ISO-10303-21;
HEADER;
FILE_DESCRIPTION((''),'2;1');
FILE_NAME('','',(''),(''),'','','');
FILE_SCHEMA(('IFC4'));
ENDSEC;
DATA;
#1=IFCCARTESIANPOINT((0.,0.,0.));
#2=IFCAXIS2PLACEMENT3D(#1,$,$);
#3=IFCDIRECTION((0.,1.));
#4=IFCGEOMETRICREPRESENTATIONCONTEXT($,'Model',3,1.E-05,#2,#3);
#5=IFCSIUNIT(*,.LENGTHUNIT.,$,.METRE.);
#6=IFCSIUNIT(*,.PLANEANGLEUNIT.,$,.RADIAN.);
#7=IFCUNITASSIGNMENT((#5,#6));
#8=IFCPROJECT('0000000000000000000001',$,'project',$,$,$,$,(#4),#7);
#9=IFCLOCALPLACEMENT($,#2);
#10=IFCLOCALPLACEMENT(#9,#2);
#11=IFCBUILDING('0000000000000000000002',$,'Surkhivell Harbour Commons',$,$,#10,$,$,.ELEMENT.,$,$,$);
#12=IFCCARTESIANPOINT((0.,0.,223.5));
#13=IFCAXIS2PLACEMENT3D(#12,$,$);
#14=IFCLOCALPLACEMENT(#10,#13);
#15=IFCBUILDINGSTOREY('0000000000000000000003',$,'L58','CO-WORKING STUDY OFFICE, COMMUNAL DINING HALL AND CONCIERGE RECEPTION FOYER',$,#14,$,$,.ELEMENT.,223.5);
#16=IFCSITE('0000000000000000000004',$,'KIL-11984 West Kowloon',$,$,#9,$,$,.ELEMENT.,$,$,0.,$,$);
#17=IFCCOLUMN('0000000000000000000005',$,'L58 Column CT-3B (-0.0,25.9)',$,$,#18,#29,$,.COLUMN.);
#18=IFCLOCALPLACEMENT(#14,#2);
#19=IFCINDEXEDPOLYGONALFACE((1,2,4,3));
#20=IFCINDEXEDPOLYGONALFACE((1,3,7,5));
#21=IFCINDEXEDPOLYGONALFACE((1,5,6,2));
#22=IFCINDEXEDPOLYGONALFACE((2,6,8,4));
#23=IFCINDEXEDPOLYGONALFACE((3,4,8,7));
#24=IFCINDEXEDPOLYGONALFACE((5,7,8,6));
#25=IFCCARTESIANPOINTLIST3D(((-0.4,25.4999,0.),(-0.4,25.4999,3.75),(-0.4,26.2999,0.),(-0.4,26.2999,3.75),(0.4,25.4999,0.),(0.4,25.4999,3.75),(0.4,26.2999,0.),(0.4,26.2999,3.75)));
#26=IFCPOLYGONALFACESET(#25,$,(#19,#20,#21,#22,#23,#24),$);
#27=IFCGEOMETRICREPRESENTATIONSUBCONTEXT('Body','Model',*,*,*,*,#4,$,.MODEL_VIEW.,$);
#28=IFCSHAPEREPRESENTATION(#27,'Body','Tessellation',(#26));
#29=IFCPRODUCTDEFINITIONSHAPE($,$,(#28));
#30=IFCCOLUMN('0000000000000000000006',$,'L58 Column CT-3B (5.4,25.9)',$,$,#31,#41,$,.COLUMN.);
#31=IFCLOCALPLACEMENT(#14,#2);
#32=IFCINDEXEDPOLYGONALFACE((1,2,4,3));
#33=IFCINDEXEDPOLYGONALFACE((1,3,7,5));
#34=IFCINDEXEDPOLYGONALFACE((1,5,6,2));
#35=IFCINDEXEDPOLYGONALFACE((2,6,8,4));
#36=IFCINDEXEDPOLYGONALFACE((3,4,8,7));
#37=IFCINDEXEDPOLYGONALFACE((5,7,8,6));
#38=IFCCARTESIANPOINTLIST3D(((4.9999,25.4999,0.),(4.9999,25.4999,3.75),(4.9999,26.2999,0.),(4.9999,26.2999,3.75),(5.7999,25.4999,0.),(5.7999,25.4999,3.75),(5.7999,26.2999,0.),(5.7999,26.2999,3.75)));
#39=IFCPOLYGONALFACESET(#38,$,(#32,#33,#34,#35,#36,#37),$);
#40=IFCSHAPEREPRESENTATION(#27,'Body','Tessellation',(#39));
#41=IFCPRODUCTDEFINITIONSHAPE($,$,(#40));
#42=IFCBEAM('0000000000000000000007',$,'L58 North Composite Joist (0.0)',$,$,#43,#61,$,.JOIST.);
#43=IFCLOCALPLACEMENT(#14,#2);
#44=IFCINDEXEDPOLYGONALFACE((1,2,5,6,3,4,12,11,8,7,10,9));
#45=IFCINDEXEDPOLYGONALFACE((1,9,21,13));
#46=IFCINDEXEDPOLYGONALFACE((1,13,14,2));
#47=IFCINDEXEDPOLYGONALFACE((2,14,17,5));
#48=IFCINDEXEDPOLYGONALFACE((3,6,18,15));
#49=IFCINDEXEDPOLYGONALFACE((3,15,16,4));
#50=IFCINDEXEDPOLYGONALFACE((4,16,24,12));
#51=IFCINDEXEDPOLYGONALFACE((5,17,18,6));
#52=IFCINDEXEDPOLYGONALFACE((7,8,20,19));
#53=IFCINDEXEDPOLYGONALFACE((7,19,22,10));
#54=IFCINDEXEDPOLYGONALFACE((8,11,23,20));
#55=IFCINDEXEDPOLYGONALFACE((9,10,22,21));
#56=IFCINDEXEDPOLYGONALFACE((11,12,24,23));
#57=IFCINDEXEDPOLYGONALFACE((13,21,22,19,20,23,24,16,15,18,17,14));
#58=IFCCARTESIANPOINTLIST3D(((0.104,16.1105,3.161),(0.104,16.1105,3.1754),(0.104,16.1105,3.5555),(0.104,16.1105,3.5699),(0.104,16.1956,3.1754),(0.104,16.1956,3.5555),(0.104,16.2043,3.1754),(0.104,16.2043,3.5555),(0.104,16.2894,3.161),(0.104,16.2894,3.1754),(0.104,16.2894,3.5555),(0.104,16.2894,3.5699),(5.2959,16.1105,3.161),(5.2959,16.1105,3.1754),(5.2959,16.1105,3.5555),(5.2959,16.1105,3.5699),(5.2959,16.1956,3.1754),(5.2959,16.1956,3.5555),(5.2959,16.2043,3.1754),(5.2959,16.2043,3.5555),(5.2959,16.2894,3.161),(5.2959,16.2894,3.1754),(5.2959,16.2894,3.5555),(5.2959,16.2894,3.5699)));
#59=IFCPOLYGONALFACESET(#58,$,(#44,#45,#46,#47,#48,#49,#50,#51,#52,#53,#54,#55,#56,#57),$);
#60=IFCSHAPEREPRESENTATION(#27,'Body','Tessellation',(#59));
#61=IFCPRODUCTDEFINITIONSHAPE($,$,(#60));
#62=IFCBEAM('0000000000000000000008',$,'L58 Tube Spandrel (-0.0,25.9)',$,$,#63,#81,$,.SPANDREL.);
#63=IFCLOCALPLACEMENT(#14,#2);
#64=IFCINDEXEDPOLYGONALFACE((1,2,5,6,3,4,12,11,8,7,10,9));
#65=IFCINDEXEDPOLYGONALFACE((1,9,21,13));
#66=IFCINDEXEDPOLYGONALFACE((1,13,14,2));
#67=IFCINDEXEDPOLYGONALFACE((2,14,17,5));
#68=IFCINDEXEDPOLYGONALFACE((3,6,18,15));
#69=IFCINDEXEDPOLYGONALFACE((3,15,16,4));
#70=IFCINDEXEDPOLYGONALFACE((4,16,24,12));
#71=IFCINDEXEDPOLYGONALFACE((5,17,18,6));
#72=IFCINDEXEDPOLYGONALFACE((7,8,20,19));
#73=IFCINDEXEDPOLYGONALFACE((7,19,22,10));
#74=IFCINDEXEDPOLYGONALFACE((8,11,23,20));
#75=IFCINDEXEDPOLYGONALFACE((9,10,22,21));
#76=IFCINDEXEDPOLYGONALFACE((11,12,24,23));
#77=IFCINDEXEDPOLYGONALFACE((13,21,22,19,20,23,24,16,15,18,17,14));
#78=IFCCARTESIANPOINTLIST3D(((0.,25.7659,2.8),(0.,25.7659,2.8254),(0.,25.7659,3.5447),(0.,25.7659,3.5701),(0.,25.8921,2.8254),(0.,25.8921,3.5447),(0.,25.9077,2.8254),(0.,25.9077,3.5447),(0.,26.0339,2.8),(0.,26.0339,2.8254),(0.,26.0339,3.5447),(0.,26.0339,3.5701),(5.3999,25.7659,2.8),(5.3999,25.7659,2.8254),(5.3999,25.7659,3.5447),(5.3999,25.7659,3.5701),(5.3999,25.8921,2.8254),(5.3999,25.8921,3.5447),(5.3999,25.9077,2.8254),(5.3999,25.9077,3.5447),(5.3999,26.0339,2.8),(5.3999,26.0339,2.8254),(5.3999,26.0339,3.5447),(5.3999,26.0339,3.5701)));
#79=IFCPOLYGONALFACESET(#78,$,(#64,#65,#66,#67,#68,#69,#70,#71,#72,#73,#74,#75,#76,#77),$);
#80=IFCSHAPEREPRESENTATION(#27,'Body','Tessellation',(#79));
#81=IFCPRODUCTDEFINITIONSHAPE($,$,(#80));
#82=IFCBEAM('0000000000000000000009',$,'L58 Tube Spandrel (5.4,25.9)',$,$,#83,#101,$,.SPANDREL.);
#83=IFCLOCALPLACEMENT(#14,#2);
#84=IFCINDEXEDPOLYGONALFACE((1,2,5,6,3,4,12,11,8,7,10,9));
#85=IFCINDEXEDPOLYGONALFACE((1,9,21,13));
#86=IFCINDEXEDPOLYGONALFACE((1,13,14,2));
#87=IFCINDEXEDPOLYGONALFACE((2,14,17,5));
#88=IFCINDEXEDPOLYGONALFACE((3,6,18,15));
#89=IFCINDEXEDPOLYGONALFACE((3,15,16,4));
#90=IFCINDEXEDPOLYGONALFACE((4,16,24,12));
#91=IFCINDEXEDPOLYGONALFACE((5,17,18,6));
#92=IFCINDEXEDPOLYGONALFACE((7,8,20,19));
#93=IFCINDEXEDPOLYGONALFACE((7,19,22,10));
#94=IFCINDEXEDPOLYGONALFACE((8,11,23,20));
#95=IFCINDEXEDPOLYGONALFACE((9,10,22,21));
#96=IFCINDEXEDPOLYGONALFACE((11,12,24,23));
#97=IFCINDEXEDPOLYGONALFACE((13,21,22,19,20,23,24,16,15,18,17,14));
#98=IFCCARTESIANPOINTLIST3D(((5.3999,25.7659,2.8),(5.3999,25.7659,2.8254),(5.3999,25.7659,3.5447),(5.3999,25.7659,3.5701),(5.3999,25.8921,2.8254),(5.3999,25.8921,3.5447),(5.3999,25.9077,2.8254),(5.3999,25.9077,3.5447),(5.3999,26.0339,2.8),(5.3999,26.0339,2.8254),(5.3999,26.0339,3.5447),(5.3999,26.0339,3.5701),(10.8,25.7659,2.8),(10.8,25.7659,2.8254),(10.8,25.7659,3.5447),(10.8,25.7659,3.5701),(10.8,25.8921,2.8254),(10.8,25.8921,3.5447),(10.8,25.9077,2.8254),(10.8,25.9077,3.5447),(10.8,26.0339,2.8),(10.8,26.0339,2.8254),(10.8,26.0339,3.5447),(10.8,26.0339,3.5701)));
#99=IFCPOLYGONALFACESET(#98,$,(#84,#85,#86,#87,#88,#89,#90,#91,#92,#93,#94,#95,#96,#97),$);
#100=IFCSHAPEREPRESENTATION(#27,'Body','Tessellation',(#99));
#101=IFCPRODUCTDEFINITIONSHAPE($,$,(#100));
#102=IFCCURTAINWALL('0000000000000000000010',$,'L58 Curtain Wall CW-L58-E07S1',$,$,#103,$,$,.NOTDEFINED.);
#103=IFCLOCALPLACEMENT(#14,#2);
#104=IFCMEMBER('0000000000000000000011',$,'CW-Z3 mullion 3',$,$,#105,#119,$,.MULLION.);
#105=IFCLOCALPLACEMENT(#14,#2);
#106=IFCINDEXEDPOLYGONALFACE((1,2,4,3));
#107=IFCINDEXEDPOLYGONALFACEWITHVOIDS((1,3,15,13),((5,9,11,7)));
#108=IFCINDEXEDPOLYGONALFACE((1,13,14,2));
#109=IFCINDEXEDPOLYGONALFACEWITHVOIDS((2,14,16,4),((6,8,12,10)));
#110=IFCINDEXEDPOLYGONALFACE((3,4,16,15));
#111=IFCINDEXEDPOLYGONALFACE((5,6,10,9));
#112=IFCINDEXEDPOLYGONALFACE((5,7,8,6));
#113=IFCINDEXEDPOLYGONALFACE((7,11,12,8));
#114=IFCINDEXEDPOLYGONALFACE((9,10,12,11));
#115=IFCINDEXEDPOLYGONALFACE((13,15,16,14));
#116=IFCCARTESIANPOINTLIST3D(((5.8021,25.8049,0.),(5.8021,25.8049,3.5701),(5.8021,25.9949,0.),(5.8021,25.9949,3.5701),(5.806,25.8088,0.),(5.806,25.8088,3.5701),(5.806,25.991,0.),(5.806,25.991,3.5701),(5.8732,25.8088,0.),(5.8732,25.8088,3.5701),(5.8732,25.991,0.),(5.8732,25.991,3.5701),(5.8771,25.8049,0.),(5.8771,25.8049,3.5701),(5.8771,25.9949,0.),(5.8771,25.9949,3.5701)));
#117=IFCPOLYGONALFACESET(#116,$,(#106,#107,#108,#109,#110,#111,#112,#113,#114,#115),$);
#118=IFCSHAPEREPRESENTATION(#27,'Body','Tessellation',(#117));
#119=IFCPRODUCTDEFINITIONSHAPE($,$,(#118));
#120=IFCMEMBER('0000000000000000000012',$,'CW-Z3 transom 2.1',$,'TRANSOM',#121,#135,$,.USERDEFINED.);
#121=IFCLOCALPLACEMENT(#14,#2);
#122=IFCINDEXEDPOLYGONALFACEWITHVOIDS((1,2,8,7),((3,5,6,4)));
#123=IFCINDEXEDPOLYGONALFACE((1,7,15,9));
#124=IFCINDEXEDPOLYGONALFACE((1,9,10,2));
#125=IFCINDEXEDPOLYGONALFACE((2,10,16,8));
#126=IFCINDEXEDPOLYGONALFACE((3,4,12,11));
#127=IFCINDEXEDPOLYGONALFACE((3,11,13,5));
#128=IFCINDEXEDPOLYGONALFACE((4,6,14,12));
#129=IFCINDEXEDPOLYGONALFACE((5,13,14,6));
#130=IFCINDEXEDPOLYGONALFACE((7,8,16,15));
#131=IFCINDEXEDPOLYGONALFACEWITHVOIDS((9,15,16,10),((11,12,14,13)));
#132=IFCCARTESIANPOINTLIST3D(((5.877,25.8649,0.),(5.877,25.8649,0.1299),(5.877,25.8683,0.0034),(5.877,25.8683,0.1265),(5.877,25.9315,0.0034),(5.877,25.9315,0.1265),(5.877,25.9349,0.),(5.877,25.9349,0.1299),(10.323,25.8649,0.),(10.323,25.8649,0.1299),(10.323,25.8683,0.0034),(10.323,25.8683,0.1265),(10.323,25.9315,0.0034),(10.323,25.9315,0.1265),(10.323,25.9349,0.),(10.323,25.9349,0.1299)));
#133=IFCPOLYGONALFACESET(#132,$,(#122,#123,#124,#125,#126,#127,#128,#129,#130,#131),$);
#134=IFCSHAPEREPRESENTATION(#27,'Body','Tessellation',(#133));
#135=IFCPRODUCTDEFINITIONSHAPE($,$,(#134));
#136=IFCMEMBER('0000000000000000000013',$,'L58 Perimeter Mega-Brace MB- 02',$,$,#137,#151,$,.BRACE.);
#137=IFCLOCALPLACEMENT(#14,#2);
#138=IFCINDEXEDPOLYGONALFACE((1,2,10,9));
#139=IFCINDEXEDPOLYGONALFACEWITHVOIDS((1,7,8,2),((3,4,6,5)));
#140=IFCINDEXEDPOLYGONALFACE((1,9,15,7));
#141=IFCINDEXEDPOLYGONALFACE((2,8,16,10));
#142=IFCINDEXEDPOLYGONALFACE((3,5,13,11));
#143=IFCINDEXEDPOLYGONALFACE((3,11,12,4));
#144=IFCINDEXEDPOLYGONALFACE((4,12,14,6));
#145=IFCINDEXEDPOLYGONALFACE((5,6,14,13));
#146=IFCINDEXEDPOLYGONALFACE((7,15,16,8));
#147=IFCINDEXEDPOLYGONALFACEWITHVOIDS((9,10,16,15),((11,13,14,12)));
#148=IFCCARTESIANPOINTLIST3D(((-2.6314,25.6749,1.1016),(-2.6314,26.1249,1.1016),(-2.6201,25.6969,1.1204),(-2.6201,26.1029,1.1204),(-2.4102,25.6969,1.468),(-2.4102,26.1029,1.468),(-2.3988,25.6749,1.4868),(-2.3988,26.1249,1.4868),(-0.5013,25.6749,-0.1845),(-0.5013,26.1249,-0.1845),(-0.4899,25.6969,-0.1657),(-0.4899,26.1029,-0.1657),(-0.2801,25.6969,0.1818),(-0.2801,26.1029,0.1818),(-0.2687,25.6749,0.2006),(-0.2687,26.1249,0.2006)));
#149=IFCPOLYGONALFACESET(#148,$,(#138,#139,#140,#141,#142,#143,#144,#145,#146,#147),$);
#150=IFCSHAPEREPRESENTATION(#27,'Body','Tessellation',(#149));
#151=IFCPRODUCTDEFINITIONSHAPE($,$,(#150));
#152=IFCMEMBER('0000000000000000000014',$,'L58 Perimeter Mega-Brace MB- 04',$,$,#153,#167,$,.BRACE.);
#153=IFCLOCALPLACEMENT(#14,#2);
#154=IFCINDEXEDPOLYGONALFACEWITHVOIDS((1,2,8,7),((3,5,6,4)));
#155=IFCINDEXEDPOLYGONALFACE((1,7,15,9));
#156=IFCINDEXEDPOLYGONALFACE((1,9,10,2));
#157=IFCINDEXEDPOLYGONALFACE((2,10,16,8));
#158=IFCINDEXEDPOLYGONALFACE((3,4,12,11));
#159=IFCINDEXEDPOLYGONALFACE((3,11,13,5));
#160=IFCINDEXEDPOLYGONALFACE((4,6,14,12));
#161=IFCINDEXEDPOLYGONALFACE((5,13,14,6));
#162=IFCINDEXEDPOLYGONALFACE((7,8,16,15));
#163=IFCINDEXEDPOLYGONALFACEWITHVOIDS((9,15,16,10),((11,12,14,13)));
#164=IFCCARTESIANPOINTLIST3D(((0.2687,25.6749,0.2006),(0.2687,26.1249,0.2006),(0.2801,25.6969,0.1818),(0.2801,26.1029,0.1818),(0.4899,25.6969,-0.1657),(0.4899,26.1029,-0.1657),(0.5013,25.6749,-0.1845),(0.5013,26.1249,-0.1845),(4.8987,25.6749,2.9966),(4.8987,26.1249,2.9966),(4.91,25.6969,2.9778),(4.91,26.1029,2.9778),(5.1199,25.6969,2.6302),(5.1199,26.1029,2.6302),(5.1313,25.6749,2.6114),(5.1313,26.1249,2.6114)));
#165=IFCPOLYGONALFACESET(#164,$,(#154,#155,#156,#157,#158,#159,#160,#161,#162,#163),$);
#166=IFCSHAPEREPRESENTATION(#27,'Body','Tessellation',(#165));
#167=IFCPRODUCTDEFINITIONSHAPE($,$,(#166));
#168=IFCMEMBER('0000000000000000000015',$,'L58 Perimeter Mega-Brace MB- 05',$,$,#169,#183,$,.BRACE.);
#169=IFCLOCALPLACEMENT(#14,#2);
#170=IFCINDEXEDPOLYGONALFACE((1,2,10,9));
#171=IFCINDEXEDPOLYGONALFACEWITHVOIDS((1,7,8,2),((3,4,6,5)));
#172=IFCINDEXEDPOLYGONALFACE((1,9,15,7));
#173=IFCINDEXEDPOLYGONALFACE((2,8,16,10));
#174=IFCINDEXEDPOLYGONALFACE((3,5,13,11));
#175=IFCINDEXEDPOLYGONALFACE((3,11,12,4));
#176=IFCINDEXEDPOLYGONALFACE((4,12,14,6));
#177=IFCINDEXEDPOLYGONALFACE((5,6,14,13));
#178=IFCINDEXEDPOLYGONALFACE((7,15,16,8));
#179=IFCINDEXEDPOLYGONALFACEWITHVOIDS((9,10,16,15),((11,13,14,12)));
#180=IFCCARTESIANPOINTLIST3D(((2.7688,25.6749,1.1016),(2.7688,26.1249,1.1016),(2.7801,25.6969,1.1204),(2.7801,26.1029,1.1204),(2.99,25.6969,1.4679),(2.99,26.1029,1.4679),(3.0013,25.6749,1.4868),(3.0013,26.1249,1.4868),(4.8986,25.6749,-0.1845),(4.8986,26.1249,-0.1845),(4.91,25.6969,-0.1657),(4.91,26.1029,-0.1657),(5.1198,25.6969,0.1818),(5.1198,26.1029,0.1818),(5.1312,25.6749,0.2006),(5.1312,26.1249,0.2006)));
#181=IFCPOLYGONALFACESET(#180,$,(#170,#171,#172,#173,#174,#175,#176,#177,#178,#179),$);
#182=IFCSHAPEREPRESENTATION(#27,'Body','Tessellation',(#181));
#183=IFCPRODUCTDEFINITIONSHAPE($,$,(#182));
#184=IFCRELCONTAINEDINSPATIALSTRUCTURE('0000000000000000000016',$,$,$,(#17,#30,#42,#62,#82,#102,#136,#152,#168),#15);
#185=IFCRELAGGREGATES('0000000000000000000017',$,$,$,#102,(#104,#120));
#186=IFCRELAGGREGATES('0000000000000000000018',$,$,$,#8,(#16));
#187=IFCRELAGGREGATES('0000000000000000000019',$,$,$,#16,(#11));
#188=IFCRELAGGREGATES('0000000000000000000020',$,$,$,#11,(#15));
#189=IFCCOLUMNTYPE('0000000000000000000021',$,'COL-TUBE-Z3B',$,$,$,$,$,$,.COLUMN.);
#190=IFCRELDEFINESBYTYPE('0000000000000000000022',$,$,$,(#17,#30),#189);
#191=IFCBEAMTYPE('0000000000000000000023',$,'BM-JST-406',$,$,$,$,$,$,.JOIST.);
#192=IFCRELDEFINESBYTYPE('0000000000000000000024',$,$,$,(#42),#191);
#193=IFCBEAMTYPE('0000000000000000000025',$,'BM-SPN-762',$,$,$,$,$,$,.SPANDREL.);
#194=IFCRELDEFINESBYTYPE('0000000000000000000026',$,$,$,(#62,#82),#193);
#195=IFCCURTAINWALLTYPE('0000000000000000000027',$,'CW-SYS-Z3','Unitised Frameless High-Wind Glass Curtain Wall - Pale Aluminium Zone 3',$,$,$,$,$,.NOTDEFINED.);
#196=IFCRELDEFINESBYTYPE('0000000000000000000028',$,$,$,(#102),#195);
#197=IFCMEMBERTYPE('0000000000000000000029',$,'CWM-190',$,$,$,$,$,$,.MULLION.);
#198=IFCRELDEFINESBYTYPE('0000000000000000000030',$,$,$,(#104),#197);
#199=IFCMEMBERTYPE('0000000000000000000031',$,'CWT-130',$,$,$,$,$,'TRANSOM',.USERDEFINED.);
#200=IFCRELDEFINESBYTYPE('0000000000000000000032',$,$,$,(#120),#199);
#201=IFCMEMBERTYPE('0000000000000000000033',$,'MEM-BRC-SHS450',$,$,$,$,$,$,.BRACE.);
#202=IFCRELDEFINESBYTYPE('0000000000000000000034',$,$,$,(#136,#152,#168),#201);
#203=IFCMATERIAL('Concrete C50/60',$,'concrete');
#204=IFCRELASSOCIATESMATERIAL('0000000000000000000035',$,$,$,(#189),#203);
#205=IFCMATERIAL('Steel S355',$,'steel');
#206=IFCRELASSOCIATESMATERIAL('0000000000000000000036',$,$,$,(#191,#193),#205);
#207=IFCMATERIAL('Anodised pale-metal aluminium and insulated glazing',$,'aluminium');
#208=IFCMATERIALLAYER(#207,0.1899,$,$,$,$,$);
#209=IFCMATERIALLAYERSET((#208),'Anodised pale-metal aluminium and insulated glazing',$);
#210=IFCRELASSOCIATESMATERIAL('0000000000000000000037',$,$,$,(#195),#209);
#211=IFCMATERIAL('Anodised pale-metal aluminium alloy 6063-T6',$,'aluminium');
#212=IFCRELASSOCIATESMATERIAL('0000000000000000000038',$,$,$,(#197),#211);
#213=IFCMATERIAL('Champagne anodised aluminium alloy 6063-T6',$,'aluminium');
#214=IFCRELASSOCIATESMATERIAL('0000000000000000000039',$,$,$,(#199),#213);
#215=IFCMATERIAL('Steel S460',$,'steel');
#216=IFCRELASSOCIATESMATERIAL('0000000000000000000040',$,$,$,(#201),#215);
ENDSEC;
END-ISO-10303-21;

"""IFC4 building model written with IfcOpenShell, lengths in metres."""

from ifc_helpers import new_model, si_unit, direction, frame, origin, origin_2d, place, context, subcontext, project, spatial, rectangle, hollow_rectangle, i_section, extrude, material, layer, layer_set, material_profile, profile_set, type_object, element, aggregate, save


model = new_model("IFC4")

# Units and contexts
model_context = context("Model", 3, precision=1e-05, world=origin(), true_north=direction((0.0, 1.0)))
body_context = subcontext(model_context, "Body", "Model", "MODEL_VIEW")
ifc_project = project(units=[si_unit("LENGTHUNIT", "METRE"), si_unit("PLANEANGLEUNIT", "RADIAN")], contexts=[model_context])

# Site, building, storey
site_placement = place(None, origin())
site = spatial("IfcSite", under=ifc_project, at=site_placement, Name="KIL-11984 West Kowloon", CompositionType="ELEMENT", RefElevation=0.0)
building_placement = place(site_placement, origin())
building = spatial("IfcBuilding", under=site, at=building_placement, Name="Surkhivell Harbour Commons", CompositionType="ELEMENT")
storey_placement = place(building_placement, frame((0.0, 0.0, 223.5)))
storey = spatial("IfcBuildingStorey", under=building, at=storey_placement, Name="L58", Description="CO-WORKING STUDY OFFICE, COMMUNAL DINING HALL AND CONCIERGE RECEPTION FOYER", CompositionType="ELEMENT", Elevation=223.5)

# Columns
ifc_material_1 = material(Name="Concrete C50/60", Category="concrete")
ifc_material_profile_1 = material_profile(ifc_material_1, rectangle(XDim=0.8, YDim=0.8, at=origin_2d()), Name="RC-COL-800x800")
ifc_profile_set_1 = profile_set([ifc_material_profile_1], Name="Concrete C50/60")
column_type = type_object("IfcColumnType", Name="COL-TUBE-Z3B", PredefinedType="COLUMN", material=ifc_profile_set_1)
for number, where, z_axis, x_axis, name in (
    (1, (0.0, 25.8999, 0.0), (0.0, 0.0, 1.0), (1.0, 0.0, 0.0), "L58 Column CT-3B (-0.0,25.9)"),
    (2, (5.3999, 25.8999, 0.0), (0.0, 0.0, 1.0), (1.0, 0.0, 0.0), "L58 Column CT-3B (5.4,25.9)"),
):
    element("IfcColumn", number, at=place(storey_placement, frame(where, z_axis=z_axis, x_axis=x_axis)), inside=storey, type_object=column_type, Name=name, PredefinedType="COLUMN", context=body_context, shape_type="SweptSolid", body=[
        extrude(rectangle(XDim=0.8, YDim=0.8, at=origin_2d()), origin(), (0.0, 0.0, 1.0), 3.75),
    ])

# Beams
ifc_material_2 = material(Name="Steel S355", Category="steel")
ifc_material_profile_2 = material_profile(ifc_material_2, i_section(OverallWidth=0.179, OverallDepth=0.4089, WebThickness=0.0088, FlangeThickness=0.0144, at=origin_2d()), Name="UB406x178x67")
ifc_profile_set_2 = profile_set([ifc_material_profile_2], Name="Steel S355")
beam_type_1 = type_object("IfcBeamType", Name="BM-JST-406", PredefinedType="JOIST", material=ifc_profile_set_2)
beam_1_placement = place(storey_placement, frame((0.104, 16.2, 3.3655), z_axis=(1.0, 0.0, 0.0), x_axis=(0.0, 1.0, 0.0)))
element("IfcBeam", 3, at=beam_1_placement, inside=storey, type_object=beam_type_1, Name="L58 North Composite Joist (0.0)", PredefinedType="JOIST", context=body_context, shape_type="SweptSolid", body=[
    extrude(i_section(OverallWidth=0.179, OverallDepth=0.4089, WebThickness=0.0088, FlangeThickness=0.0144, at=origin_2d()), origin(), (0.0, 0.0, 1.0), 5.1919),
])
ifc_material_profile_3 = material_profile(ifc_material_2, i_section(OverallWidth=0.2681, OverallDepth=0.77, WebThickness=0.0156, FlangeThickness=0.0254, at=origin_2d()), Name="UB762x267x197")
ifc_profile_set_3 = profile_set([ifc_material_profile_3], Name="Steel S355")
beam_type_2 = type_object("IfcBeamType", Name="BM-SPN-762", PredefinedType="SPANDREL", material=ifc_profile_set_3)
beam_2_placement = place(storey_placement, frame((0.0, 25.8999, 3.1851), z_axis=(1.0, 0.0, 0.0), x_axis=(0.0, 1.0, 0.0)))
element("IfcBeam", 4, at=beam_2_placement, inside=storey, type_object=beam_type_2, Name="L58 Tube Spandrel (-0.0,25.9)", PredefinedType="SPANDREL", context=body_context, shape_type="SweptSolid", body=[
    extrude(i_section(OverallWidth=0.2681, OverallDepth=0.77, WebThickness=0.0156, FlangeThickness=0.0254, at=origin_2d()), origin(), (0.0, 0.0, 1.0), 5.3999),
])
beam_3_placement = place(storey_placement, frame((5.3999, 25.8999, 3.1851), z_axis=(1.0, 0.0, 0.0), x_axis=(0.0, 1.0, 0.0)))
element("IfcBeam", 5, at=beam_3_placement, inside=storey, type_object=beam_type_2, Name="L58 Tube Spandrel (5.4,25.9)", PredefinedType="SPANDREL", context=body_context, shape_type="SweptSolid", body=[
    extrude(i_section(OverallWidth=0.2681, OverallDepth=0.77, WebThickness=0.0156, FlangeThickness=0.0254, at=origin_2d()), origin(), (0.0, 0.0, 1.0), 5.4001),
])

# Curtain wall, members
ifc_material_3 = material(Name="Anodised pale-metal aluminium and insulated glazing", Category="aluminium")
ifc_layer_1 = layer(ifc_material_3, 0.1899)
ifc_layer_set_1 = layer_set([ifc_layer_1], Name="Anodised pale-metal aluminium and insulated glazing")
curtain_wall_type = type_object("IfcCurtainWallType", Name="CW-SYS-Z3", Description="Unitised Frameless High-Wind Glass Curtain Wall - Pale Aluminium Zone 3", PredefinedType="NOTDEFINED", material=ifc_layer_set_1)
curtain_wall_placement = place(storey_placement, origin())
curtain_wall = element("IfcCurtainWall", 6, at=curtain_wall_placement, inside=storey, type_object=curtain_wall_type, Name="L58 Curtain Wall CW-L58-E07S1", PredefinedType="NOTDEFINED")
ifc_material_4 = material(Name="Anodised pale-metal aluminium alloy 6063-T6", Category="aluminium")
ifc_material_profile_4 = material_profile(ifc_material_4, hollow_rectangle(XDim=0.075, YDim=0.1899, WallThickness=0.0039, at=origin_2d()), Name="ALU-MULL-75x190")
ifc_profile_set_4 = profile_set([ifc_material_profile_4], Name="Anodised pale-metal aluminium alloy 6063-T6")
member_type_1 = type_object("IfcMemberType", Name="CWM-190", PredefinedType="MULLION", material=ifc_profile_set_4)
member_1_placement = place(storey_placement, frame((5.8396, 25.8999, 0.0), z_axis=(0.0, 0.0, 1.0), x_axis=(-1.0, 0.0, 0.0)))
member_1 = element("IfcMember", 7, at=member_1_placement, type_object=member_type_1, Name="CW-Z3 mullion 3", PredefinedType="MULLION", context=body_context, shape_type="SweptSolid", body=[
    extrude(hollow_rectangle(XDim=0.075, YDim=0.1899, WallThickness=0.0039, at=origin_2d()), origin(), (0.0, 0.0, 1.0), 3.5701),
])
ifc_material_5 = material(Name="Champagne anodised aluminium alloy 6063-T6", Category="aluminium")
ifc_material_profile_5 = material_profile(ifc_material_5, hollow_rectangle(XDim=0.0701, YDim=0.1299, WallThickness=0.0034, at=origin_2d()), Name="ALU-TRAN-70x130")
ifc_profile_set_5 = profile_set([ifc_material_profile_5], Name="Champagne anodised aluminium alloy 6063-T6")
member_type_2 = type_object("IfcMemberType", Name="CWT-130", ElementType="TRANSOM", PredefinedType="USERDEFINED", material=ifc_profile_set_5)
member_2_placement = place(storey_placement, frame((10.323, 25.8999, 0.0649), z_axis=(-1.0, 0.0, 0.0), x_axis=(0.0, -1.0, 0.0)))
member_2 = element("IfcMember", 8, at=member_2_placement, type_object=member_type_2, Name="CW-Z3 transom 2.1", ObjectType="TRANSOM", PredefinedType="USERDEFINED", context=body_context, shape_type="SweptSolid", body=[
    extrude(hollow_rectangle(XDim=0.0701, YDim=0.1299, WallThickness=0.0034, at=origin_2d()), origin(), (0.0, 0.0, 1.0), 4.446),
])

# Members
ifc_material_6 = material(Name="Steel S460", Category="steel")
ifc_material_profile_6 = material_profile(ifc_material_6, hollow_rectangle(XDim=0.45, YDim=0.45, WallThickness=0.022, at=origin_2d()), Name="SHS450x450x22")
ifc_profile_set_6 = profile_set([ifc_material_profile_6], Name="Steel S460")
member_type_3 = type_object("IfcMemberType", Name="MEM-BRC-SHS450", PredefinedType="BRACE", material=ifc_profile_set_6)
member_3_placement = place(storey_placement, frame((-0.385, 25.8999, 0.0081), z_axis=(-0.856061, 0.0, 0.516875), x_axis=(0.0, -1.0, 0.0)))
element("IfcMember", 9, at=member_3_placement, inside=storey, type_object=member_type_3, Name="L58 Perimeter Mega-Brace MB- 02", PredefinedType="BRACE", context=body_context, shape_type="SweptSolid", body=[
    extrude(hollow_rectangle(XDim=0.45, YDim=0.45, WallThickness=0.022, at=origin_2d()), origin(), (0.0, 0.0, 1.0), 2.4883),
])
member_4_placement = place(storey_placement, frame((0.385, 25.8999, 0.0081), z_axis=(0.856024, 0.0, 0.516937), x_axis=(0.0, 1.0, 0.0)))
element("IfcMember", 10, at=member_4_placement, inside=storey, type_object=member_type_3, Name="L58 Perimeter Mega-Brace MB- 04", PredefinedType="BRACE", context=body_context, shape_type="SweptSolid", body=[
    extrude(hollow_rectangle(XDim=0.45, YDim=0.45, WallThickness=0.022, at=origin_2d()), origin(), (0.0, 0.0, 1.0), 5.4087),
])
member_5_placement = place(storey_placement, frame((5.0149, 25.8999, 0.0081), z_axis=(-0.856035, 0.0, 0.516918), x_axis=(0.0, -1.0, 0.0)))
element("IfcMember", 11, at=member_5_placement, inside=storey, type_object=member_type_3, Name="L58 Perimeter Mega-Brace MB- 05", PredefinedType="BRACE", context=body_context, shape_type="SweptSolid", body=[
    extrude(hollow_rectangle(XDim=0.45, YDim=0.45, WallThickness=0.022, at=origin_2d()), origin(), (0.0, 0.0, 1.0), 2.488),
])

aggregate(curtain_wall, [member_1, member_2])

save(model, "model.ifc")
